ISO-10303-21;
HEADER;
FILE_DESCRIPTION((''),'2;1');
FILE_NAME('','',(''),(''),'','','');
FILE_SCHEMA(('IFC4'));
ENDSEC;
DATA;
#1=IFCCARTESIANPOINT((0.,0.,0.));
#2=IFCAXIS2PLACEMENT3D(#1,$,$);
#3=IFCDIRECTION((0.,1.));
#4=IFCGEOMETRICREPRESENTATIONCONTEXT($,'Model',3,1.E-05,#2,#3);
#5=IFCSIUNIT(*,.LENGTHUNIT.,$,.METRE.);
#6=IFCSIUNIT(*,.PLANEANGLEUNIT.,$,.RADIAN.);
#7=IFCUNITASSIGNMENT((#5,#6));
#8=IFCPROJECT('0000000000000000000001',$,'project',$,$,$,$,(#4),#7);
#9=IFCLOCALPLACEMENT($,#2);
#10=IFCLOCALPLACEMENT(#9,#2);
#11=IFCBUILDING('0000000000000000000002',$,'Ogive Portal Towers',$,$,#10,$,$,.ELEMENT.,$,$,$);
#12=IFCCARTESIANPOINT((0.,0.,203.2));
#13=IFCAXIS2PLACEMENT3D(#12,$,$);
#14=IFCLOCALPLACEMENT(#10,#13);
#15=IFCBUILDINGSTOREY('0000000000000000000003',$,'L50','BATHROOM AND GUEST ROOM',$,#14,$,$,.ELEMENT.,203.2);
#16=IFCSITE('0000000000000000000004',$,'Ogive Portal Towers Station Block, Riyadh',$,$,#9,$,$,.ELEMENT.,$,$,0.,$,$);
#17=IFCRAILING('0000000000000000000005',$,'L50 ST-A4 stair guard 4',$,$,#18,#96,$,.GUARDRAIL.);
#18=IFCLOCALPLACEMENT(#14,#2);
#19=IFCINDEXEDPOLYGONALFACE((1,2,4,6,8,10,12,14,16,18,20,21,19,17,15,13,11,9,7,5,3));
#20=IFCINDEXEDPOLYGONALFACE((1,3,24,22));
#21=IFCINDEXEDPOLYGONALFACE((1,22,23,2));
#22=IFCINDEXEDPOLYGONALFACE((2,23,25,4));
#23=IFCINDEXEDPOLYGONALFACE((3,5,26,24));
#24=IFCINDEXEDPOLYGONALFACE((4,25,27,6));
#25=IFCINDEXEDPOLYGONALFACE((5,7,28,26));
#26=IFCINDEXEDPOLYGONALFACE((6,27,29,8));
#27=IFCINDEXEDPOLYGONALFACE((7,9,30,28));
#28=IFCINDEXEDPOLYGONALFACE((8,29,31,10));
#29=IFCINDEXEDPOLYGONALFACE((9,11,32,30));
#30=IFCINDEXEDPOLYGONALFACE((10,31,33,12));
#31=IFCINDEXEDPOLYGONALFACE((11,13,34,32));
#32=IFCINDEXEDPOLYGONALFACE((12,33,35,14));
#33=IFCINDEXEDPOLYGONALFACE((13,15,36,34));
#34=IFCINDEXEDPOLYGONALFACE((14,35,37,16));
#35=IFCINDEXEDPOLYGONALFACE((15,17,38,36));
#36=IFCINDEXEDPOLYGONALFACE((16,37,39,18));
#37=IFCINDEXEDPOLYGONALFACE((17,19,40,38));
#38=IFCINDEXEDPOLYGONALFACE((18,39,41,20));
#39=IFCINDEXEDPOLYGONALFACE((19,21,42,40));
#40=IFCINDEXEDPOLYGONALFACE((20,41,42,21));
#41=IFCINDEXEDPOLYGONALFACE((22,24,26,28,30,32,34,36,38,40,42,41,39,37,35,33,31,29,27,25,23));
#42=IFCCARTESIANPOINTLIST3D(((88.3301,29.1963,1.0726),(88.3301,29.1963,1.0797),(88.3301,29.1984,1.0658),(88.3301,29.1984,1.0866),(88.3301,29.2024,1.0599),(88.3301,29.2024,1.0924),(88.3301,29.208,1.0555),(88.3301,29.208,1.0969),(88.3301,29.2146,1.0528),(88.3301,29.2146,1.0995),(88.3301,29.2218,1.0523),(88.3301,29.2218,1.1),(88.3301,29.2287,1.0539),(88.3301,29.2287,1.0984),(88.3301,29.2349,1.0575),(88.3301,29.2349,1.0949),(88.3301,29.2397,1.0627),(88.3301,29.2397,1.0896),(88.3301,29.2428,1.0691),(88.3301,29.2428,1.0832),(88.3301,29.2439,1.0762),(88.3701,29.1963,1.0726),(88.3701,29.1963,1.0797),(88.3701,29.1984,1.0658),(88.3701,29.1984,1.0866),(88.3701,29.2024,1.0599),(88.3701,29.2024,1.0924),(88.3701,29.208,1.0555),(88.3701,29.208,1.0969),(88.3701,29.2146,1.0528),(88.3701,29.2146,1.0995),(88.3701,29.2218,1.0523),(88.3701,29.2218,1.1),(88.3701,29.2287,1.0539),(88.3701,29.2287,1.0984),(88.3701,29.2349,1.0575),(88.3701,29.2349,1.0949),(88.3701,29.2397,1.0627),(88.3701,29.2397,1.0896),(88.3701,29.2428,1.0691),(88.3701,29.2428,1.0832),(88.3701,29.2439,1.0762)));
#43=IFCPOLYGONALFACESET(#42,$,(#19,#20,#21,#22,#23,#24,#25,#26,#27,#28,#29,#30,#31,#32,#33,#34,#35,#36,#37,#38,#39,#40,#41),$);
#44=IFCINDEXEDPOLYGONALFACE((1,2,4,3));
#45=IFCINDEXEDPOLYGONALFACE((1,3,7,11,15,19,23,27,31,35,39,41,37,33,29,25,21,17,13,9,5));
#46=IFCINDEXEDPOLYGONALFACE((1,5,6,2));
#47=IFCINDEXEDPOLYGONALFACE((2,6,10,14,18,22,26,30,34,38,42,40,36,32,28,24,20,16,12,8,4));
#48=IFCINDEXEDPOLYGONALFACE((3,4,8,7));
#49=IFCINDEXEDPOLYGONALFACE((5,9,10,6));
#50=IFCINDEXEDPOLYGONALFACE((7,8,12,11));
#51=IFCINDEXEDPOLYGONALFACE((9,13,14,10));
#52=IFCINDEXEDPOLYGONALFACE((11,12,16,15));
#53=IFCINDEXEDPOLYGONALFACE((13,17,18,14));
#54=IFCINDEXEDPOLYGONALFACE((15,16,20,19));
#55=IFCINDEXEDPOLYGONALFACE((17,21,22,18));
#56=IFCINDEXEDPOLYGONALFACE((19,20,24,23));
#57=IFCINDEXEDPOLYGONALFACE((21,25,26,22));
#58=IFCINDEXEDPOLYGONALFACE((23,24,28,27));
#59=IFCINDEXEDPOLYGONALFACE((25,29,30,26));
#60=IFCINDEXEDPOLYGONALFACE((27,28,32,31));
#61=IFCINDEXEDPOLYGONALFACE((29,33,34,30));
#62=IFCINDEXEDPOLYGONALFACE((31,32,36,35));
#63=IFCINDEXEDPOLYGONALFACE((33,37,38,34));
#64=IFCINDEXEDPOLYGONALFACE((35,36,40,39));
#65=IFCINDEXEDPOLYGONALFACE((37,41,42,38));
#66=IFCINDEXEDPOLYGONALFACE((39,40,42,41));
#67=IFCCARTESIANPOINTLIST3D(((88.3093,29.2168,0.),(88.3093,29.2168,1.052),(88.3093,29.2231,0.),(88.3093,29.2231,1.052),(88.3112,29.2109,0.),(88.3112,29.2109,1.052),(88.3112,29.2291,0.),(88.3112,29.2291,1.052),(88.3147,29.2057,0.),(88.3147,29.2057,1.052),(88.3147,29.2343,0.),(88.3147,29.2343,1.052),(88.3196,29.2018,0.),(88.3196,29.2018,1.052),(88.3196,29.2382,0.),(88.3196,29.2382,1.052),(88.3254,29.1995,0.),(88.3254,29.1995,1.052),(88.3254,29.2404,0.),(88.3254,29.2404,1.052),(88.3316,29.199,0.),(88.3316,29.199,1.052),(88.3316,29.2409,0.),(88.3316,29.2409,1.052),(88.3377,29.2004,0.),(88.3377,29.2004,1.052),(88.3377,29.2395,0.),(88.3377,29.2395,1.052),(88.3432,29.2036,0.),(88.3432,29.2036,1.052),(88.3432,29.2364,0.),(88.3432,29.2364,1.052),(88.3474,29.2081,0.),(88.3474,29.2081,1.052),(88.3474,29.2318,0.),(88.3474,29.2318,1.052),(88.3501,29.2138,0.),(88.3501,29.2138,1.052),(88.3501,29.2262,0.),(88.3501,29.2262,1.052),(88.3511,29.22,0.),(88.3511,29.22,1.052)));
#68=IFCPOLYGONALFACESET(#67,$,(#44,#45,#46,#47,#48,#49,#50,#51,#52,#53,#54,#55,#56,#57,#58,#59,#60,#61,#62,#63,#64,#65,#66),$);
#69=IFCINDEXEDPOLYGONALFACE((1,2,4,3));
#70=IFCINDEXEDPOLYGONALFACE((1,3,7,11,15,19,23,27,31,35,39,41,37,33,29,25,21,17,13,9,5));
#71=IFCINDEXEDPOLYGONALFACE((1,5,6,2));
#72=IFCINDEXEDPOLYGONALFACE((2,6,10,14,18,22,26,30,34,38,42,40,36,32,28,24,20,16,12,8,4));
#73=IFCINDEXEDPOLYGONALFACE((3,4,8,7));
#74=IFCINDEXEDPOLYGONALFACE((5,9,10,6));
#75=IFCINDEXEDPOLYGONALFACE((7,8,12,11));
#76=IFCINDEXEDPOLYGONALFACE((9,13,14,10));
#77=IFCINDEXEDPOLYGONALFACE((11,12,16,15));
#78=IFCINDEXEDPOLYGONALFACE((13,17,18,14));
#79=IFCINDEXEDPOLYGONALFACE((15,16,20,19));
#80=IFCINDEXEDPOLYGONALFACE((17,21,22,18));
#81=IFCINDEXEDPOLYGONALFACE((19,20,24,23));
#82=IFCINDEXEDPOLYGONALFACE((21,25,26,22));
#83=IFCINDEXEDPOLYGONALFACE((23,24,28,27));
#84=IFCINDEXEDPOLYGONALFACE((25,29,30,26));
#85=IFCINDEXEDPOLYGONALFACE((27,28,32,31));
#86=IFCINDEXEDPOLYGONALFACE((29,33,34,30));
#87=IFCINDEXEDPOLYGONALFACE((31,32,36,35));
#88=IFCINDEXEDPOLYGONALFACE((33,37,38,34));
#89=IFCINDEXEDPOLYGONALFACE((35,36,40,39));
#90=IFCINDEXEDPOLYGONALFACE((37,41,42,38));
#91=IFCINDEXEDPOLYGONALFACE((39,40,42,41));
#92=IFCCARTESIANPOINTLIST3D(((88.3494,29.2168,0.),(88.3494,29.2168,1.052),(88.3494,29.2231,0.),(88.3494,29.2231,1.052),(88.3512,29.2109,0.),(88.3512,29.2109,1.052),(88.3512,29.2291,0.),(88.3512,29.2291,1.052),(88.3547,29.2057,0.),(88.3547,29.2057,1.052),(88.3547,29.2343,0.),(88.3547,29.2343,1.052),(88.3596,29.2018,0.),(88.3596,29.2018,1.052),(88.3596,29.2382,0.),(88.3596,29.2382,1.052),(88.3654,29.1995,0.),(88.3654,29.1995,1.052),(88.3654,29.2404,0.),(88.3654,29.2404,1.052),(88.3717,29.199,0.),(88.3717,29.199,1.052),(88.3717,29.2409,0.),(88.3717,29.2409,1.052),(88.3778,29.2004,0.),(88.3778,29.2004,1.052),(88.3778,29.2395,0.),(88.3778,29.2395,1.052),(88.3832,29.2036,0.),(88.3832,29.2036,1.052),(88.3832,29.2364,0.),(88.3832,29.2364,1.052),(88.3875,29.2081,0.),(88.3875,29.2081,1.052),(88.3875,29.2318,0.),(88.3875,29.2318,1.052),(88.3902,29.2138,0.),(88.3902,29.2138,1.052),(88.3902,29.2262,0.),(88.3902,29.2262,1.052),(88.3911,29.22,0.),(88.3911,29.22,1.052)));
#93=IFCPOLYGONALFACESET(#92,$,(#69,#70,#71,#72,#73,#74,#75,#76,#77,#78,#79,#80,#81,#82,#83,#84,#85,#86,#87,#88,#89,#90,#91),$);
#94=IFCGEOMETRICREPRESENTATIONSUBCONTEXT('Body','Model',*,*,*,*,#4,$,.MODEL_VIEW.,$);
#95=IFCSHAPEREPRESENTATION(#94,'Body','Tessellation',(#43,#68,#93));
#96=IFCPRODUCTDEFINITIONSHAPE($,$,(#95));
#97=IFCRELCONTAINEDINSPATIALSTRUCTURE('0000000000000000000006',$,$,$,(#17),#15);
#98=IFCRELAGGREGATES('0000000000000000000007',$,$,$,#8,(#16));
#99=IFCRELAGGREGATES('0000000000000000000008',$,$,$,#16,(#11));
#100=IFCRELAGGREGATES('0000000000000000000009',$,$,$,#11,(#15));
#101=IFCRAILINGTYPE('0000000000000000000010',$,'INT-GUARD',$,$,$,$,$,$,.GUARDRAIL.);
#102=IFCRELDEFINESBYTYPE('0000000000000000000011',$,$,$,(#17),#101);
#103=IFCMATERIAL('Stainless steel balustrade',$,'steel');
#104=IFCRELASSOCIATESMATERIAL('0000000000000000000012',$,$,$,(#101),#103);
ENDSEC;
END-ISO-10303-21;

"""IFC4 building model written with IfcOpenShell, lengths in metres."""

from ifc_helpers import new_model, si_unit, direction, frame, origin, origin_2d, place, context, subcontext, project, spatial, circle, extrude, material, type_object, element, save


model = new_model("IFC4")

# Units and contexts
model_context = context("Model", 3, precision=1e-05, world=origin(), true_north=direction((0.0, 1.0)))
body_context = subcontext(model_context, "Body", "Model", "MODEL_VIEW")
ifc_project = project(units=[si_unit("LENGTHUNIT", "METRE"), si_unit("PLANEANGLEUNIT", "RADIAN")], contexts=[model_context])

# Site, building, storey
site_placement = place(None, origin())
site = spatial("IfcSite", under=ifc_project, at=site_placement, Name="Ogive Portal Towers Station Block, Riyadh", CompositionType="ELEMENT", RefElevation=0.0)
building_placement = place(site_placement, origin())
building = spatial("IfcBuilding", under=site, at=building_placement, Name="Ogive Portal Towers", CompositionType="ELEMENT")
storey_placement = place(building_placement, frame((0.0, 0.0, 203.2)))
storey = spatial("IfcBuildingStorey", under=building, at=storey_placement, Name="L50", Description="BATHROOM AND GUEST ROOM", CompositionType="ELEMENT", Elevation=203.2)

# Railing
ifc_material_1 = material(Name="Stainless steel balustrade", Category="steel")
railing_type_1 = type_object("IfcRailingType", Name="INT-GUARD", PredefinedType="GUARDRAIL", material=ifc_material_1)
railing_1_placement = place(storey_placement, frame((88.3301, 29.22, 0.0)))
element("IfcRailing", 1, at=railing_1_placement, inside=storey, type_object=railing_type_1, Name="L50 ST-A4 stair guard 4", PredefinedType="GUARDRAIL", context=body_context, shape_type="SweptSolid", body=[
    extrude(circle(Radius=0.0239, at=origin_2d()), frame((0.0, 0.0, 1.0762), z_axis=(1.0, 0.0, 0.0), x_axis=(0.0, 1.0, 0.0)), (0.0, 0.0, 1.0), 0.04),
    extrude(circle(Radius=0.021, at=origin_2d()), origin(), (0.0, 0.0, 1.0), 1.052),
    extrude(circle(Radius=0.021, at=origin_2d()), frame((0.04, 0.0, 0.0)), (0.0, 0.0, 1.0), 1.052),
])

save(model, "model.ifc")
